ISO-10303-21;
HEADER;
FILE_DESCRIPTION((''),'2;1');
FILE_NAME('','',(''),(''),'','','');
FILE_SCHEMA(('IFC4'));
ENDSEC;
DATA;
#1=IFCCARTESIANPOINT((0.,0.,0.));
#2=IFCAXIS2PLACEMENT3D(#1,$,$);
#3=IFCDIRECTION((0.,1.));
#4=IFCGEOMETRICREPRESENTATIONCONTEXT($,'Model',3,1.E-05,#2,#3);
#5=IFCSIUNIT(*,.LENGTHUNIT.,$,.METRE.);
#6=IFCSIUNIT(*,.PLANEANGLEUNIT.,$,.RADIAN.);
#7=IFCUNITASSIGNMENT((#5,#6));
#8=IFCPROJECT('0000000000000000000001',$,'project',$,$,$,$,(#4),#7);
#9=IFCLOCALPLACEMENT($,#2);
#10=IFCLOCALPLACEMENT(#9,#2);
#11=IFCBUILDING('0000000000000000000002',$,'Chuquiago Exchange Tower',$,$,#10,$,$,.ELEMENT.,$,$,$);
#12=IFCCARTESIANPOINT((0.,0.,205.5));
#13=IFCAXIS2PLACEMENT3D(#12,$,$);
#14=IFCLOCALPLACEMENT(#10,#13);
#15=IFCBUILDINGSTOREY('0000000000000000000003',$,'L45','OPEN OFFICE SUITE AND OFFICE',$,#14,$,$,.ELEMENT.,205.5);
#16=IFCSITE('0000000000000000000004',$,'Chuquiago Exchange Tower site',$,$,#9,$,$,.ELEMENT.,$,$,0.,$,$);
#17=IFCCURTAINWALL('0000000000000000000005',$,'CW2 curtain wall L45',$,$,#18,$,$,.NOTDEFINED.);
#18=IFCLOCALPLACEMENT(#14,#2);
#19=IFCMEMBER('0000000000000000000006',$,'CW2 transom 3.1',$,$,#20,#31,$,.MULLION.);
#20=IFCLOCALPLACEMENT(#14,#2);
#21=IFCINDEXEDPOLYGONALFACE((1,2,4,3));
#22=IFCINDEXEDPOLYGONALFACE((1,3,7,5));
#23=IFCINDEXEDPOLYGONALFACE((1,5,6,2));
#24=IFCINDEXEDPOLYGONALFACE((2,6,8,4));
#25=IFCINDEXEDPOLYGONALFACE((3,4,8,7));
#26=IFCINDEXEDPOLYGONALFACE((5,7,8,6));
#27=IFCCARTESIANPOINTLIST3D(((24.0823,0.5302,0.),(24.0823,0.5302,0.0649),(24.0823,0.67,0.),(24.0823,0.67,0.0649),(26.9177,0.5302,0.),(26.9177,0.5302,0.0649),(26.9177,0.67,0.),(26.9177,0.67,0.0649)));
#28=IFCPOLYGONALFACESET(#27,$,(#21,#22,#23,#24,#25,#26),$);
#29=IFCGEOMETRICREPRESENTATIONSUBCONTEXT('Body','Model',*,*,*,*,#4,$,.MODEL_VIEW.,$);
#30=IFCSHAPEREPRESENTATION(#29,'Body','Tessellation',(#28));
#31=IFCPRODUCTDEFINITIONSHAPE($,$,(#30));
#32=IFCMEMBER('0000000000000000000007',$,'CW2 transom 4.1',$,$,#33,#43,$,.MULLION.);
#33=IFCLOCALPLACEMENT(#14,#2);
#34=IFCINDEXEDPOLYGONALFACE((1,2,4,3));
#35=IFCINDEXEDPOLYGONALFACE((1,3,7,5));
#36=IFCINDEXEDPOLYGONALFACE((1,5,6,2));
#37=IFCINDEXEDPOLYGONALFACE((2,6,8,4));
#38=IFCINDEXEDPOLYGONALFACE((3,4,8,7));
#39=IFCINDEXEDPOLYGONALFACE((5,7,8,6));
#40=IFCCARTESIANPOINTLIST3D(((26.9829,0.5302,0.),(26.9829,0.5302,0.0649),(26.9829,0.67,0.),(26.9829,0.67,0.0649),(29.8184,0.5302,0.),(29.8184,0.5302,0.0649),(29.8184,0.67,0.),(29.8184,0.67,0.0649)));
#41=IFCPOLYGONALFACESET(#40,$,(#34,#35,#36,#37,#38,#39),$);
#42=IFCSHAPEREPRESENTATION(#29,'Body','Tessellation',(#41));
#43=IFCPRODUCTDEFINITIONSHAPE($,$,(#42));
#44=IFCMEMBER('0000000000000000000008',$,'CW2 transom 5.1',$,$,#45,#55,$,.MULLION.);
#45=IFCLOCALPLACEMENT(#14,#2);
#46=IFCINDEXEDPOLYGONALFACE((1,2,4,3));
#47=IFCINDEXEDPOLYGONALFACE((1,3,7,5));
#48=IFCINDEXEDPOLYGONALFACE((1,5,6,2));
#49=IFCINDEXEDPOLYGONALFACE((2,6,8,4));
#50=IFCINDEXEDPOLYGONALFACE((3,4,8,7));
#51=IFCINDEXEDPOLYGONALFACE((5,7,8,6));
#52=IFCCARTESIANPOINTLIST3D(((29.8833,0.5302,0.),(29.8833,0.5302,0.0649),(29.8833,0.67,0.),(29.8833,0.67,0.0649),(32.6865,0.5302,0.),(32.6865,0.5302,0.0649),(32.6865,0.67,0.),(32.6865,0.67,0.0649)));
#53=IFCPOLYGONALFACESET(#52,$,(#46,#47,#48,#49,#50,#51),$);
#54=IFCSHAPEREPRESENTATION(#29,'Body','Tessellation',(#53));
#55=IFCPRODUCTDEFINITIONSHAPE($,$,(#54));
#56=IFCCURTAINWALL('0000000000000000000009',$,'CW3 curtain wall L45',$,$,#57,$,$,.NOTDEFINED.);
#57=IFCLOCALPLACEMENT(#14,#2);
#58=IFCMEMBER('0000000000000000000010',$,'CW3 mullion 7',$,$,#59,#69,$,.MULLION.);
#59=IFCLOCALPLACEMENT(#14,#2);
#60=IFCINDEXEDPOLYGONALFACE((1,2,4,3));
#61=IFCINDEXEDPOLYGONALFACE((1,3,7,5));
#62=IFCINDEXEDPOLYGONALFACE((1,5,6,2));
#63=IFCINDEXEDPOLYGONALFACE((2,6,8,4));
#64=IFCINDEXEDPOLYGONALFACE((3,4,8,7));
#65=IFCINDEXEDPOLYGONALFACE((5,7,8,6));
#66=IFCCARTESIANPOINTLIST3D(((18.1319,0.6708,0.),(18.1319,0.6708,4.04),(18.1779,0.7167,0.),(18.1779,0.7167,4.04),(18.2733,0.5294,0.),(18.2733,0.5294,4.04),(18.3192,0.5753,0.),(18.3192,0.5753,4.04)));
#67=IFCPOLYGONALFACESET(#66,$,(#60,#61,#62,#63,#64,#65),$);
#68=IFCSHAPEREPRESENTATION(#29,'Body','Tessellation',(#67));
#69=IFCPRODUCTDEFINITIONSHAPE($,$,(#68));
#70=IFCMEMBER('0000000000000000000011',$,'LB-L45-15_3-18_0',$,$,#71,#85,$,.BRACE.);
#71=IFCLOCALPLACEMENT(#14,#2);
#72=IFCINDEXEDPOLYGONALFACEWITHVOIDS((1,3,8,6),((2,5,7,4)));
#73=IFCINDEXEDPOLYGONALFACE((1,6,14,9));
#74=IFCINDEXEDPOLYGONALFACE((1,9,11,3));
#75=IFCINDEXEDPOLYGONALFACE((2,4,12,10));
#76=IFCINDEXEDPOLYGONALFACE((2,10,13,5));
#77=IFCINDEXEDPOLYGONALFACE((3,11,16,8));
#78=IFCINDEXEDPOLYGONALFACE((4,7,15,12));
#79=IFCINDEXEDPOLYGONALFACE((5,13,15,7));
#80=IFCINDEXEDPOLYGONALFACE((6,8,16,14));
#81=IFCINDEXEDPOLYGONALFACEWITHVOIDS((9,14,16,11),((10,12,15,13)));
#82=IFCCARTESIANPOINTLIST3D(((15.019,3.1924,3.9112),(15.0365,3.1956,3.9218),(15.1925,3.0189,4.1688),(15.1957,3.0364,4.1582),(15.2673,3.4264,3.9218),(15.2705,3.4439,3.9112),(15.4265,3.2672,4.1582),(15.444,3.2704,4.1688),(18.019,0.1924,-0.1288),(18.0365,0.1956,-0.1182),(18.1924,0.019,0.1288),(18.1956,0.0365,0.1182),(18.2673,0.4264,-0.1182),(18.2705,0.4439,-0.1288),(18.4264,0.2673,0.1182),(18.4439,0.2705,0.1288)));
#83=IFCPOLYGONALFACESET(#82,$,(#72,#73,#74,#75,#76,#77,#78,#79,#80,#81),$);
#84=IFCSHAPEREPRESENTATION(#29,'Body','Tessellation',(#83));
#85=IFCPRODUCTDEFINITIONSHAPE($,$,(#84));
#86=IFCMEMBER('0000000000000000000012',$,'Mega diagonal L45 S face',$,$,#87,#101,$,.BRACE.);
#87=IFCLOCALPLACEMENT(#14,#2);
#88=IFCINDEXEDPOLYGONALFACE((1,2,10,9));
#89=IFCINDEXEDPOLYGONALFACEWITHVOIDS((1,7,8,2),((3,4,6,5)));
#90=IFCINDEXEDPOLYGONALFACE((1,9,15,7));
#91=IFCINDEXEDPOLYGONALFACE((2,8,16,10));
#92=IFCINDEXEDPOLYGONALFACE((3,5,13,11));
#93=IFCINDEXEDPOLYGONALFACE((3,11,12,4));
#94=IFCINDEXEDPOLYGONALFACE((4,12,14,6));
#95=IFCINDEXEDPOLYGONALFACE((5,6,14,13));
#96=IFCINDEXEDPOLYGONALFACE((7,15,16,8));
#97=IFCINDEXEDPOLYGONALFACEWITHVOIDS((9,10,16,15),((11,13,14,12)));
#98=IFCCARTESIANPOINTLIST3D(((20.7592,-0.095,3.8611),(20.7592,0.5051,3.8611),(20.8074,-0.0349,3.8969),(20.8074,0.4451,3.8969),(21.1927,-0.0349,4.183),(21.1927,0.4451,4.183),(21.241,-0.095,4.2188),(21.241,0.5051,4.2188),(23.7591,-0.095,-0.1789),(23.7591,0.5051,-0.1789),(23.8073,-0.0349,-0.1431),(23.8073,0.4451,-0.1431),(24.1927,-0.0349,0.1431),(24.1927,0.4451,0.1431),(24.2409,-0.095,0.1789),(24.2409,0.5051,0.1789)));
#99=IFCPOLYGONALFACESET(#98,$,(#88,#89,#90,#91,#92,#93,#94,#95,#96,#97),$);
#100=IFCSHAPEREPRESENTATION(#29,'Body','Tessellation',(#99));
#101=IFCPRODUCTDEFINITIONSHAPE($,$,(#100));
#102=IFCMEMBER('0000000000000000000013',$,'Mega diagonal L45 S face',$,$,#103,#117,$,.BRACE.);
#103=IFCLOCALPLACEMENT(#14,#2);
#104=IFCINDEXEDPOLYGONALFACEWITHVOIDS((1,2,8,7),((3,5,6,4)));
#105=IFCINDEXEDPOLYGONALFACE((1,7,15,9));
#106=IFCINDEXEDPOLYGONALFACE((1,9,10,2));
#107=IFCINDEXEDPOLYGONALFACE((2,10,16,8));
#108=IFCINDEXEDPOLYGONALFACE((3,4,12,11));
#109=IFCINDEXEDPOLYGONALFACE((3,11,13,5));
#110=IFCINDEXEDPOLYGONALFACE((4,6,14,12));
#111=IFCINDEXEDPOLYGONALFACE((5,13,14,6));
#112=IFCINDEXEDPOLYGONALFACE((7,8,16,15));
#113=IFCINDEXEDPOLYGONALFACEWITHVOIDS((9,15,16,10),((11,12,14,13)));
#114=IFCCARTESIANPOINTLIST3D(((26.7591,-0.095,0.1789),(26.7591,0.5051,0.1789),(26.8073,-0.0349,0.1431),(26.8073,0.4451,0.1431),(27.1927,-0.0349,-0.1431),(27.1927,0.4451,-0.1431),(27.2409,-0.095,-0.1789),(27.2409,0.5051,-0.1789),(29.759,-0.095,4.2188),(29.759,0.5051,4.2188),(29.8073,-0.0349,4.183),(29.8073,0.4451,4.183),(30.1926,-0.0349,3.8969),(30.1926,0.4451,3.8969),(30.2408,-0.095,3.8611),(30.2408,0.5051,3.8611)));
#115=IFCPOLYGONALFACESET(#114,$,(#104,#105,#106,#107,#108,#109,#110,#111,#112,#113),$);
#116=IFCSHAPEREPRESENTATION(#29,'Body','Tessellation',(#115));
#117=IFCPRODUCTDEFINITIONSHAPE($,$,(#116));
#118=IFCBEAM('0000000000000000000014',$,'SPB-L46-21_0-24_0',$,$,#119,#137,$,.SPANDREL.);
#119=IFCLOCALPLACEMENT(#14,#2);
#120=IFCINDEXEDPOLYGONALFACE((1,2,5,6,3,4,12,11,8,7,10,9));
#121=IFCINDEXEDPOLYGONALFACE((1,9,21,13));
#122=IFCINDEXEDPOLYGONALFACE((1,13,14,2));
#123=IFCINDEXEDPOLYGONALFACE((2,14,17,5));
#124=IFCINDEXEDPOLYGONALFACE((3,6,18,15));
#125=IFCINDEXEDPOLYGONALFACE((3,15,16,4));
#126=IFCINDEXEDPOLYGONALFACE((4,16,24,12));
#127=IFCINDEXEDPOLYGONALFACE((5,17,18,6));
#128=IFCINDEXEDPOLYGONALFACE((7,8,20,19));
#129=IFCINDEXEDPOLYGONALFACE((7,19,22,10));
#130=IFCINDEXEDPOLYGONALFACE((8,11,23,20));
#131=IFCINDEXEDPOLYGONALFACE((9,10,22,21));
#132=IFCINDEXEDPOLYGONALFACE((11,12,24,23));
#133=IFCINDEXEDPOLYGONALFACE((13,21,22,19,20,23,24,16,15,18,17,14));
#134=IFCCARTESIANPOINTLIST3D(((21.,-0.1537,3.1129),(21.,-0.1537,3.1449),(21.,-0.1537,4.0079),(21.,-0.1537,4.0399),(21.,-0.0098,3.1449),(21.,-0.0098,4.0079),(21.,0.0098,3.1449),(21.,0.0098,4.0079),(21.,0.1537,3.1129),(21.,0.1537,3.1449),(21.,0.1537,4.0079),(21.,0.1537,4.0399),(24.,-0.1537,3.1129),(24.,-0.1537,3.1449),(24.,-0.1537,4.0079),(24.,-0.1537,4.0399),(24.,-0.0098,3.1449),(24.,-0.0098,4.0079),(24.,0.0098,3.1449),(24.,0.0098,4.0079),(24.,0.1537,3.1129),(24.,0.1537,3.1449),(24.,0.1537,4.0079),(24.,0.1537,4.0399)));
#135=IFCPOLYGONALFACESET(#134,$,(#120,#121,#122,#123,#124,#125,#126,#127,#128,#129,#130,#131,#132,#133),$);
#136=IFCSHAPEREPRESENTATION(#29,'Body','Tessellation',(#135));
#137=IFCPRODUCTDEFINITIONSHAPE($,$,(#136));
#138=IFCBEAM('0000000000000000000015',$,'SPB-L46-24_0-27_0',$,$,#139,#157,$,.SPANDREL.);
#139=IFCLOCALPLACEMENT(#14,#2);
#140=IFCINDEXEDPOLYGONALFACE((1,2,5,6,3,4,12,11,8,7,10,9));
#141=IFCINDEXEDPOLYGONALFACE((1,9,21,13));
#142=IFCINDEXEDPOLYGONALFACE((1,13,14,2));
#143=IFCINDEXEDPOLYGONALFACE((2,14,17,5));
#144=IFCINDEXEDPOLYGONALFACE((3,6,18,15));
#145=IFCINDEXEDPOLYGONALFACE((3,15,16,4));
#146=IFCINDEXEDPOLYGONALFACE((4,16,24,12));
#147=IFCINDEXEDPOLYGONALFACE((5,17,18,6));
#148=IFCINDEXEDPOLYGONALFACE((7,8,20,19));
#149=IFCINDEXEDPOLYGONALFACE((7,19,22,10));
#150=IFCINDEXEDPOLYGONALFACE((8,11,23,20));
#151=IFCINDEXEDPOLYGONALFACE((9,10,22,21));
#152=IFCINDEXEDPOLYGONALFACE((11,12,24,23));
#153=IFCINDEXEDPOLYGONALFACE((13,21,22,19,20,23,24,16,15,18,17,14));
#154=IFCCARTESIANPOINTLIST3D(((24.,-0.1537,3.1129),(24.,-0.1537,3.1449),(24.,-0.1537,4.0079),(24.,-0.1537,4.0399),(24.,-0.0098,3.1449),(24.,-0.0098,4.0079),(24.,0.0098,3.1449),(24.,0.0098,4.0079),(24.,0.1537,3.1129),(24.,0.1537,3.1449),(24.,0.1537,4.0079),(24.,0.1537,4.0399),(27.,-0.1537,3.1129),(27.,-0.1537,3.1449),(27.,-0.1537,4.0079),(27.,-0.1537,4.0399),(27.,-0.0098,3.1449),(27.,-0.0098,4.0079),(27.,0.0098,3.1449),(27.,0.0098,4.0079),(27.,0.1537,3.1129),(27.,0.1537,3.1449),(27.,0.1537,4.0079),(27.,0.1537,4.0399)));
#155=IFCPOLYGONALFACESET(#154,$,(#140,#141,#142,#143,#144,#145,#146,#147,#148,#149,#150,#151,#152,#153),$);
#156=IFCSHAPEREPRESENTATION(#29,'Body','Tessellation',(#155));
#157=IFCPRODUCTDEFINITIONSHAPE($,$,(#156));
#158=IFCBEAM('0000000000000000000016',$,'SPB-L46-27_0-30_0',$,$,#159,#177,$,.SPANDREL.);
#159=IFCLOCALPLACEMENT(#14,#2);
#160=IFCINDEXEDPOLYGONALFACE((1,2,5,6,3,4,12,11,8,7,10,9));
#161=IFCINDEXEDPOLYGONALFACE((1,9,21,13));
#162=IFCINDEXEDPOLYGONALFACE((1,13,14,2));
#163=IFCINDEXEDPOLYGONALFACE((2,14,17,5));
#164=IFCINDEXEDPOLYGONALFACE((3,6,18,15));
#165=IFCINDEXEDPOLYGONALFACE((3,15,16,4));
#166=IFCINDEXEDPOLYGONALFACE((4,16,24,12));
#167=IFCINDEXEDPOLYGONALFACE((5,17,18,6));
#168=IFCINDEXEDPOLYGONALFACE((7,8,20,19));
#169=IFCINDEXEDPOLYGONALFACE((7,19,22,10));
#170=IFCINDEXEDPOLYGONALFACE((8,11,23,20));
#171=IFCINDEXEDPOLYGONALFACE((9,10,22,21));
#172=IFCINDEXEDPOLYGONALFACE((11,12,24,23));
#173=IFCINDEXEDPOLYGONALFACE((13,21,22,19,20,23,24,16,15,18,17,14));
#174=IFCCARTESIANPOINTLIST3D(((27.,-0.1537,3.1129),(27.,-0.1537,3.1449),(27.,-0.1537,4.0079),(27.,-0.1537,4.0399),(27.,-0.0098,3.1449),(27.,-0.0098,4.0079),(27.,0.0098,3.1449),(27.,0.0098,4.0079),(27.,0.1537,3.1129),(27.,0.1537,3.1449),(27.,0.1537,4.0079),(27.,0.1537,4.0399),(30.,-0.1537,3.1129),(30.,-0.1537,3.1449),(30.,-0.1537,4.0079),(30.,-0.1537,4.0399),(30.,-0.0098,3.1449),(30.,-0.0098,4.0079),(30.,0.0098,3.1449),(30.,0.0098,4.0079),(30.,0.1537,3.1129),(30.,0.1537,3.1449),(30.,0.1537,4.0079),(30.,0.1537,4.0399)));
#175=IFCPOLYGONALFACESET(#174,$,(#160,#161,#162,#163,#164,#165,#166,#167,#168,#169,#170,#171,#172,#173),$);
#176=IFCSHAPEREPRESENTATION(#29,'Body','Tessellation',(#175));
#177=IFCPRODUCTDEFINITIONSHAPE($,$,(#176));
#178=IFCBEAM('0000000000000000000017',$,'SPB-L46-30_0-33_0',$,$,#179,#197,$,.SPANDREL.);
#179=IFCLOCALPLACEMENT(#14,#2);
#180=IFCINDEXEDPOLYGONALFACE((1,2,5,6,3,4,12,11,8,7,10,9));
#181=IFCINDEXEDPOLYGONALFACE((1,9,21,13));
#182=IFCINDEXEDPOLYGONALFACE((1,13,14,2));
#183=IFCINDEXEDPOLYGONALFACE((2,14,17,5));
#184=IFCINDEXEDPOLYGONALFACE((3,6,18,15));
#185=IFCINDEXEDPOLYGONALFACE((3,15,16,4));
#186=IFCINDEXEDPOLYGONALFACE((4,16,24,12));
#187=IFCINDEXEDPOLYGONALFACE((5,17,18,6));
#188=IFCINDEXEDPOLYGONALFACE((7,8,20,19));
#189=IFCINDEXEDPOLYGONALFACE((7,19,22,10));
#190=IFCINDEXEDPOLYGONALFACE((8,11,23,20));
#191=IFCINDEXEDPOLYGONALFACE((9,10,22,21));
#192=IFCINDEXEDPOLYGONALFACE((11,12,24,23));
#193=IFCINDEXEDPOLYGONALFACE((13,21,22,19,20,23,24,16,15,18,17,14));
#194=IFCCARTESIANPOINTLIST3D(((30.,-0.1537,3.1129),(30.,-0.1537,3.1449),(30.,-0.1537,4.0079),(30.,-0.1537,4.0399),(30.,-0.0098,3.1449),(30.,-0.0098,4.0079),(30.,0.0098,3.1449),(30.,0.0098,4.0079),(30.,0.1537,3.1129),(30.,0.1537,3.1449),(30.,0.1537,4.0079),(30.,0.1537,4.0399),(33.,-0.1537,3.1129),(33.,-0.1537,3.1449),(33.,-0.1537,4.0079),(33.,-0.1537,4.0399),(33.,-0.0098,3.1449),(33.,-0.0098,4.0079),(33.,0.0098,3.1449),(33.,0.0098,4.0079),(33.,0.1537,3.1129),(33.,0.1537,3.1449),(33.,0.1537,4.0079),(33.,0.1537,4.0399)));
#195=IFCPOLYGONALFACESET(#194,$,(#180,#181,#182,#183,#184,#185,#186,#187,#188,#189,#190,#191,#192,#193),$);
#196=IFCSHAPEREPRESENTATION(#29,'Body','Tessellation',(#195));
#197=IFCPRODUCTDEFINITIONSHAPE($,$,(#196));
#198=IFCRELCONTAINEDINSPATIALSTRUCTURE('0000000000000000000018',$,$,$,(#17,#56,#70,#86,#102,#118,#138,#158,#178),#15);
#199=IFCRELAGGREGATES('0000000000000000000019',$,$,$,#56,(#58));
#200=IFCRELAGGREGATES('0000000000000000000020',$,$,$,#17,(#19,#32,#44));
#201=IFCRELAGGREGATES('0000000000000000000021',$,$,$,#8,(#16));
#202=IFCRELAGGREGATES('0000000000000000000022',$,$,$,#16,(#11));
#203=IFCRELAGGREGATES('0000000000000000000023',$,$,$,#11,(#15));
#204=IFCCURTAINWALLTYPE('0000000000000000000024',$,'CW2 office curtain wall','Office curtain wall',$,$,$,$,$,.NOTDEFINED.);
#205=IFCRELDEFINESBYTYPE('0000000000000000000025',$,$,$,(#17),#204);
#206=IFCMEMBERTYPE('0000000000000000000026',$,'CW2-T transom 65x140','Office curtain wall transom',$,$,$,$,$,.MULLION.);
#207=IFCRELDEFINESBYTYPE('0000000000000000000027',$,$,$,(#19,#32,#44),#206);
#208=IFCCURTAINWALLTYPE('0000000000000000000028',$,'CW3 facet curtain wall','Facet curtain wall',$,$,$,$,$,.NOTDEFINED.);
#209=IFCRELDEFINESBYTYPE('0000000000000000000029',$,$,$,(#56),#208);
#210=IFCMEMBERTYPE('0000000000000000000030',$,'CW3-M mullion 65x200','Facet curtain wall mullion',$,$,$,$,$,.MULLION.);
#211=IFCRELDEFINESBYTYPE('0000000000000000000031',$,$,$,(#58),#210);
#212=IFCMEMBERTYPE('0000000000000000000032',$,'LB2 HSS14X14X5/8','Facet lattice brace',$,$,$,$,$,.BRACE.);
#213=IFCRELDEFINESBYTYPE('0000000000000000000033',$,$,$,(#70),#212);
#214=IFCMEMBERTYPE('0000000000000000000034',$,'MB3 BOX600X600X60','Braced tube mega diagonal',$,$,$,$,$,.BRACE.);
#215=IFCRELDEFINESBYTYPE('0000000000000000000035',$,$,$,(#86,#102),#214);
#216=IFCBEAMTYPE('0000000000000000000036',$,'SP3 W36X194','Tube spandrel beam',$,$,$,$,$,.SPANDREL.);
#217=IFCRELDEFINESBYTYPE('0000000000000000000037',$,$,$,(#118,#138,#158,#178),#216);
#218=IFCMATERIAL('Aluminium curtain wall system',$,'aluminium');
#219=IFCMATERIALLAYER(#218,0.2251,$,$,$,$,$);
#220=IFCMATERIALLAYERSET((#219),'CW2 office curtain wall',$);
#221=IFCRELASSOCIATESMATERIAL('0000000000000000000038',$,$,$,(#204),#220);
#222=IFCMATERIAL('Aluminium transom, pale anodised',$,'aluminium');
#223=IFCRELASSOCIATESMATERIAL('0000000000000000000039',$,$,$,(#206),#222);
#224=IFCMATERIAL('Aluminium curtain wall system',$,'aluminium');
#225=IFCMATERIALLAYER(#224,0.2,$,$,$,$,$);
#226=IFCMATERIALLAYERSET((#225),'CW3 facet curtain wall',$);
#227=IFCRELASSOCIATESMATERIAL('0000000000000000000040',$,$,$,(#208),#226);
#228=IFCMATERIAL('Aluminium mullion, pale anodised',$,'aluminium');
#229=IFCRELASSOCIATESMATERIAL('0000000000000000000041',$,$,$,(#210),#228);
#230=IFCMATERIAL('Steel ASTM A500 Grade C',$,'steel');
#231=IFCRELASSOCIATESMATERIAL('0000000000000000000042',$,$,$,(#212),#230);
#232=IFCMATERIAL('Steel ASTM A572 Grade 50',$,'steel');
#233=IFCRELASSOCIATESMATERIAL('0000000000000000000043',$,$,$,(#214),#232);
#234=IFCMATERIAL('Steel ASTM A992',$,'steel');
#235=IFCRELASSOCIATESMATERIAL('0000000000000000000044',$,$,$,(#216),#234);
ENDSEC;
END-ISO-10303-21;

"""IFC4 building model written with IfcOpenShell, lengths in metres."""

from ifc_helpers import new_model, si_unit, direction, frame, origin, origin_2d, place, context, subcontext, project, spatial, rectangle, hollow_rectangle, i_section, extrude, material, layer, layer_set, material_profile, profile_set, type_object, element, aggregate, save


model = new_model("IFC4")

# Units and contexts
model_context = context("Model", 3, precision=1e-05, world=origin(), true_north=direction((0.0, 1.0)))
body_context = subcontext(model_context, "Body", "Model", "MODEL_VIEW")
ifc_project = project(units=[si_unit("LENGTHUNIT", "METRE"), si_unit("PLANEANGLEUNIT", "RADIAN")], contexts=[model_context])

# Site, building, storey
site_placement = place(None, origin())
site = spatial("IfcSite", under=ifc_project, at=site_placement, Name="Chuquiago Exchange Tower site", CompositionType="ELEMENT", RefElevation=0.0)
building_placement = place(site_placement, origin())
building = spatial("IfcBuilding", under=site, at=building_placement, Name="Chuquiago Exchange Tower", CompositionType="ELEMENT")
storey_placement = place(building_placement, frame((0.0, 0.0, 205.5)))
storey = spatial("IfcBuildingStorey", under=building, at=storey_placement, Name="L45", Description="OPEN OFFICE SUITE AND OFFICE", CompositionType="ELEMENT", Elevation=205.5)

# Curtain wall, members
ifc_material_1 = material(Name="Aluminium curtain wall system", Category="aluminium")
ifc_layer_1 = layer(ifc_material_1, 0.2251)
ifc_layer_set_1 = layer_set([ifc_layer_1], Name="CW2 office curtain wall")
curtain_wall_type_1 = type_object("IfcCurtainWallType", Name="CW2 office curtain wall", Description="Office curtain wall", PredefinedType="NOTDEFINED", material=ifc_layer_set_1)
curtain_wall_1_placement = place(storey_placement, origin())
curtain_wall_1 = element("IfcCurtainWall", 1, at=curtain_wall_1_placement, inside=storey, type_object=curtain_wall_type_1, Name="CW2 curtain wall L45", PredefinedType="NOTDEFINED")
ifc_material_2 = material(Name="Aluminium transom, pale anodised", Category="aluminium")
ifc_material_profile_1 = material_profile(ifc_material_2, rectangle(XDim=0.1399, YDim=0.0649, at=origin_2d()), Name="AL 140x65")
ifc_profile_set_1 = profile_set([ifc_material_profile_1], Name="Aluminium transom, pale anodised")
member_type_1 = type_object("IfcMemberType", Name="CW2-T transom 65x140", Description="Office curtain wall transom", PredefinedType="MULLION", material=ifc_profile_set_1)
member_1_placement = place(storey_placement, frame((24.0823, 0.6001, 0.0325), z_axis=(1.0, 0.0, 0.0), x_axis=(0.0, 1.0, 0.0)))
member_1 = element("IfcMember", 2, at=member_1_placement, type_object=member_type_1, Name="CW2 transom 3.1", PredefinedType="MULLION", context=body_context, shape_type="SweptSolid", body=[
    extrude(rectangle(XDim=0.1399, YDim=0.0649, at=origin_2d()), origin(), (0.0, 0.0, 1.0), 2.8354),
])
member_2_placement = place(storey_placement, frame((26.9829, 0.6001, 0.0325), z_axis=(1.0, 0.0, 0.0), x_axis=(0.0, 1.0, 0.0)))
member_2 = element("IfcMember", 3, at=member_2_placement, type_object=member_type_1, Name="CW2 transom 4.1", PredefinedType="MULLION", context=body_context, shape_type="SweptSolid", body=[
    extrude(rectangle(XDim=0.1399, YDim=0.0649, at=origin_2d()), origin(), (0.0, 0.0, 1.0), 2.8354),
])
member_3_placement = place(storey_placement, frame((29.8833, 0.6001, 0.0325), z_axis=(1.0, 0.0, 0.0), x_axis=(0.0, 1.0, 0.0)))
member_3 = element("IfcMember", 4, at=member_3_placement, type_object=member_type_1, Name="CW2 transom 5.1", PredefinedType="MULLION", context=body_context, shape_type="SweptSolid", body=[
    extrude(rectangle(XDim=0.1399, YDim=0.0649, at=origin_2d()), origin(), (0.0, 0.0, 1.0), 2.8032),
])

# Curtain wall, member
ifc_material_3 = material(Name="Aluminium curtain wall system", Category="aluminium")
ifc_layer_2 = layer(ifc_material_3, 0.2)
ifc_layer_set_2 = layer_set([ifc_layer_2], Name="CW3 facet curtain wall")
curtain_wall_type_2 = type_object("IfcCurtainWallType", Name="CW3 facet curtain wall", Description="Facet curtain wall", PredefinedType="NOTDEFINED", material=ifc_layer_set_2)
curtain_wall_2_placement = place(storey_placement, origin())
curtain_wall_2 = element("IfcCurtainWall", 5, at=curtain_wall_2_placement, inside=storey, type_object=curtain_wall_type_2, Name="CW3 curtain wall L45", PredefinedType="NOTDEFINED")
ifc_material_4 = material(Name="Aluminium mullion, pale anodised", Category="aluminium")
ifc_material_profile_2 = material_profile(ifc_material_4, rectangle(XDim=0.0649, YDim=0.2, at=origin_2d()), Name="AL 65x200")
ifc_profile_set_2 = profile_set([ifc_material_profile_2], Name="Aluminium mullion, pale anodised")
member_type_2 = type_object("IfcMemberType", Name="CW3-M mullion 65x200", Description="Facet curtain wall mullion", PredefinedType="MULLION", material=ifc_profile_set_2)
member_4_placement = place(storey_placement, frame((18.2256, 0.623, 0.0), z_axis=(0.0, 0.0, 1.0), x_axis=(0.707107, 0.707107, 0.0)))
member_4 = element("IfcMember", 6, at=member_4_placement, type_object=member_type_2, Name="CW3 mullion 7", PredefinedType="MULLION", context=body_context, shape_type="SweptSolid", body=[
    extrude(rectangle(XDim=0.0649, YDim=0.2, at=origin_2d()), origin(), (0.0, 0.0, 1.0), 4.04),
])
aggregate(curtain_wall_2, [member_4])

# Members
ifc_material_5 = material(Name="Steel ASTM A500 Grade C", Category="steel")
ifc_material_profile_3 = material_profile(ifc_material_5, hollow_rectangle(XDim=0.3557, YDim=0.3557, WallThickness=0.0146, at=origin_2d()), Name="HSS14X14X5/8")
ifc_profile_set_3 = profile_set([ifc_material_profile_3], Name="Steel ASTM A500 Grade C")
member_type_3 = type_object("IfcMemberType", Name="LB2 HSS14X14X5/8", Description="Facet lattice brace", PredefinedType="BRACE", material=ifc_profile_set_3)
member_5_placement = place(storey_placement, frame((18.2314, 0.2314, 0.0), z_axis=(-0.512077, 0.512077, 0.689604), x_axis=(-0.707107, -0.707107, 0.0)))
element("IfcMember", 7, at=member_5_placement, inside=storey, type_object=member_type_3, Name="LB-L45-15_3-18_0", PredefinedType="BRACE", context=body_context, shape_type="SweptSolid", body=[
    extrude(hollow_rectangle(XDim=0.3557, YDim=0.3557, WallThickness=0.0146, at=origin_2d()), origin(), (0.0, 0.0, 1.0), 5.8584),
])
ifc_material_6 = material(Name="Steel ASTM A572 Grade 50", Category="steel")
ifc_material_profile_4 = material_profile(ifc_material_6, hollow_rectangle(XDim=0.6001, YDim=0.6001, WallThickness=0.0601, at=origin_2d()), Name="BOX600X600X60")
ifc_profile_set_4 = profile_set([ifc_material_profile_4], Name="Steel ASTM A572 Grade 50")
member_type_4 = type_object("IfcMemberType", Name="MB3 BOX600X600X60", Description="Braced tube mega diagonal", PredefinedType="BRACE", material=ifc_profile_set_4)
for number, where, z_axis, x_axis, name in (
    (8, (24.0, 0.2051, 0.0), (-0.596174, 0.0, 0.802855), (0.0, -1.0, 0.0), "Mega diagonal L45 S face"),
    (9, (27.0, 0.2051, 0.0), (0.596174, 0.0, 0.802855), (0.0, 1.0, 0.0), "Mega diagonal L45 S face"),
):
    element("IfcMember", number, at=place(storey_placement, frame(where, z_axis=z_axis, x_axis=x_axis)), inside=storey, type_object=member_type_4, Name=name, PredefinedType="BRACE", context=body_context, shape_type="SweptSolid", body=[
        extrude(hollow_rectangle(XDim=0.6001, YDim=0.6001, WallThickness=0.0601, at=origin_2d()), origin(), (0.0, 0.0, 1.0), 5.032),
    ])

# Beams
ifc_material_7 = material(Name="Steel ASTM A992", Category="steel")
ifc_material_profile_5 = material_profile(ifc_material_7, i_section(OverallWidth=0.3074, OverallDepth=0.927, WebThickness=0.0195, FlangeThickness=0.032, at=origin_2d()), Name="W36X194")
ifc_profile_set_5 = profile_set([ifc_material_profile_5], Name="Steel ASTM A992")
beam_type = type_object("IfcBeamType", Name="SP3 W36X194", Description="Tube spandrel beam", PredefinedType="SPANDREL", material=ifc_profile_set_5)
for number, where, z_axis, x_axis, name in (
    (10, (21.0, 0.0, 3.5764), (1.0, 0.0, 0.0), (0.0, 1.0, 0.0), "SPB-L46-21_0-24_0"),
    (11, (24.0, 0.0, 3.5764), (1.0, 0.0, 0.0), (0.0, 1.0, 0.0), "SPB-L46-24_0-27_0"),
    (12, (27.0, 0.0, 3.5764), (1.0, 0.0, 0.0), (0.0, 1.0, 0.0), "SPB-L46-27_0-30_0"),
    (13, (30.0, 0.0, 3.5764), (1.0, 0.0, 0.0), (0.0, 1.0, 0.0), "SPB-L46-30_0-33_0"),
):
    element("IfcBeam", number, at=place(storey_placement, frame(where, z_axis=z_axis, x_axis=x_axis)), inside=storey, type_object=beam_type, Name=name, PredefinedType="SPANDREL", context=body_context, shape_type="SweptSolid", body=[
        extrude(i_section(OverallWidth=0.3074, OverallDepth=0.927, WebThickness=0.0195, FlangeThickness=0.032, at=origin_2d()), origin(), (0.0, 0.0, 1.0), 3.0),
    ])

aggregate(curtain_wall_1, [member_1, member_2, member_3])

save(model, "model.ifc")
